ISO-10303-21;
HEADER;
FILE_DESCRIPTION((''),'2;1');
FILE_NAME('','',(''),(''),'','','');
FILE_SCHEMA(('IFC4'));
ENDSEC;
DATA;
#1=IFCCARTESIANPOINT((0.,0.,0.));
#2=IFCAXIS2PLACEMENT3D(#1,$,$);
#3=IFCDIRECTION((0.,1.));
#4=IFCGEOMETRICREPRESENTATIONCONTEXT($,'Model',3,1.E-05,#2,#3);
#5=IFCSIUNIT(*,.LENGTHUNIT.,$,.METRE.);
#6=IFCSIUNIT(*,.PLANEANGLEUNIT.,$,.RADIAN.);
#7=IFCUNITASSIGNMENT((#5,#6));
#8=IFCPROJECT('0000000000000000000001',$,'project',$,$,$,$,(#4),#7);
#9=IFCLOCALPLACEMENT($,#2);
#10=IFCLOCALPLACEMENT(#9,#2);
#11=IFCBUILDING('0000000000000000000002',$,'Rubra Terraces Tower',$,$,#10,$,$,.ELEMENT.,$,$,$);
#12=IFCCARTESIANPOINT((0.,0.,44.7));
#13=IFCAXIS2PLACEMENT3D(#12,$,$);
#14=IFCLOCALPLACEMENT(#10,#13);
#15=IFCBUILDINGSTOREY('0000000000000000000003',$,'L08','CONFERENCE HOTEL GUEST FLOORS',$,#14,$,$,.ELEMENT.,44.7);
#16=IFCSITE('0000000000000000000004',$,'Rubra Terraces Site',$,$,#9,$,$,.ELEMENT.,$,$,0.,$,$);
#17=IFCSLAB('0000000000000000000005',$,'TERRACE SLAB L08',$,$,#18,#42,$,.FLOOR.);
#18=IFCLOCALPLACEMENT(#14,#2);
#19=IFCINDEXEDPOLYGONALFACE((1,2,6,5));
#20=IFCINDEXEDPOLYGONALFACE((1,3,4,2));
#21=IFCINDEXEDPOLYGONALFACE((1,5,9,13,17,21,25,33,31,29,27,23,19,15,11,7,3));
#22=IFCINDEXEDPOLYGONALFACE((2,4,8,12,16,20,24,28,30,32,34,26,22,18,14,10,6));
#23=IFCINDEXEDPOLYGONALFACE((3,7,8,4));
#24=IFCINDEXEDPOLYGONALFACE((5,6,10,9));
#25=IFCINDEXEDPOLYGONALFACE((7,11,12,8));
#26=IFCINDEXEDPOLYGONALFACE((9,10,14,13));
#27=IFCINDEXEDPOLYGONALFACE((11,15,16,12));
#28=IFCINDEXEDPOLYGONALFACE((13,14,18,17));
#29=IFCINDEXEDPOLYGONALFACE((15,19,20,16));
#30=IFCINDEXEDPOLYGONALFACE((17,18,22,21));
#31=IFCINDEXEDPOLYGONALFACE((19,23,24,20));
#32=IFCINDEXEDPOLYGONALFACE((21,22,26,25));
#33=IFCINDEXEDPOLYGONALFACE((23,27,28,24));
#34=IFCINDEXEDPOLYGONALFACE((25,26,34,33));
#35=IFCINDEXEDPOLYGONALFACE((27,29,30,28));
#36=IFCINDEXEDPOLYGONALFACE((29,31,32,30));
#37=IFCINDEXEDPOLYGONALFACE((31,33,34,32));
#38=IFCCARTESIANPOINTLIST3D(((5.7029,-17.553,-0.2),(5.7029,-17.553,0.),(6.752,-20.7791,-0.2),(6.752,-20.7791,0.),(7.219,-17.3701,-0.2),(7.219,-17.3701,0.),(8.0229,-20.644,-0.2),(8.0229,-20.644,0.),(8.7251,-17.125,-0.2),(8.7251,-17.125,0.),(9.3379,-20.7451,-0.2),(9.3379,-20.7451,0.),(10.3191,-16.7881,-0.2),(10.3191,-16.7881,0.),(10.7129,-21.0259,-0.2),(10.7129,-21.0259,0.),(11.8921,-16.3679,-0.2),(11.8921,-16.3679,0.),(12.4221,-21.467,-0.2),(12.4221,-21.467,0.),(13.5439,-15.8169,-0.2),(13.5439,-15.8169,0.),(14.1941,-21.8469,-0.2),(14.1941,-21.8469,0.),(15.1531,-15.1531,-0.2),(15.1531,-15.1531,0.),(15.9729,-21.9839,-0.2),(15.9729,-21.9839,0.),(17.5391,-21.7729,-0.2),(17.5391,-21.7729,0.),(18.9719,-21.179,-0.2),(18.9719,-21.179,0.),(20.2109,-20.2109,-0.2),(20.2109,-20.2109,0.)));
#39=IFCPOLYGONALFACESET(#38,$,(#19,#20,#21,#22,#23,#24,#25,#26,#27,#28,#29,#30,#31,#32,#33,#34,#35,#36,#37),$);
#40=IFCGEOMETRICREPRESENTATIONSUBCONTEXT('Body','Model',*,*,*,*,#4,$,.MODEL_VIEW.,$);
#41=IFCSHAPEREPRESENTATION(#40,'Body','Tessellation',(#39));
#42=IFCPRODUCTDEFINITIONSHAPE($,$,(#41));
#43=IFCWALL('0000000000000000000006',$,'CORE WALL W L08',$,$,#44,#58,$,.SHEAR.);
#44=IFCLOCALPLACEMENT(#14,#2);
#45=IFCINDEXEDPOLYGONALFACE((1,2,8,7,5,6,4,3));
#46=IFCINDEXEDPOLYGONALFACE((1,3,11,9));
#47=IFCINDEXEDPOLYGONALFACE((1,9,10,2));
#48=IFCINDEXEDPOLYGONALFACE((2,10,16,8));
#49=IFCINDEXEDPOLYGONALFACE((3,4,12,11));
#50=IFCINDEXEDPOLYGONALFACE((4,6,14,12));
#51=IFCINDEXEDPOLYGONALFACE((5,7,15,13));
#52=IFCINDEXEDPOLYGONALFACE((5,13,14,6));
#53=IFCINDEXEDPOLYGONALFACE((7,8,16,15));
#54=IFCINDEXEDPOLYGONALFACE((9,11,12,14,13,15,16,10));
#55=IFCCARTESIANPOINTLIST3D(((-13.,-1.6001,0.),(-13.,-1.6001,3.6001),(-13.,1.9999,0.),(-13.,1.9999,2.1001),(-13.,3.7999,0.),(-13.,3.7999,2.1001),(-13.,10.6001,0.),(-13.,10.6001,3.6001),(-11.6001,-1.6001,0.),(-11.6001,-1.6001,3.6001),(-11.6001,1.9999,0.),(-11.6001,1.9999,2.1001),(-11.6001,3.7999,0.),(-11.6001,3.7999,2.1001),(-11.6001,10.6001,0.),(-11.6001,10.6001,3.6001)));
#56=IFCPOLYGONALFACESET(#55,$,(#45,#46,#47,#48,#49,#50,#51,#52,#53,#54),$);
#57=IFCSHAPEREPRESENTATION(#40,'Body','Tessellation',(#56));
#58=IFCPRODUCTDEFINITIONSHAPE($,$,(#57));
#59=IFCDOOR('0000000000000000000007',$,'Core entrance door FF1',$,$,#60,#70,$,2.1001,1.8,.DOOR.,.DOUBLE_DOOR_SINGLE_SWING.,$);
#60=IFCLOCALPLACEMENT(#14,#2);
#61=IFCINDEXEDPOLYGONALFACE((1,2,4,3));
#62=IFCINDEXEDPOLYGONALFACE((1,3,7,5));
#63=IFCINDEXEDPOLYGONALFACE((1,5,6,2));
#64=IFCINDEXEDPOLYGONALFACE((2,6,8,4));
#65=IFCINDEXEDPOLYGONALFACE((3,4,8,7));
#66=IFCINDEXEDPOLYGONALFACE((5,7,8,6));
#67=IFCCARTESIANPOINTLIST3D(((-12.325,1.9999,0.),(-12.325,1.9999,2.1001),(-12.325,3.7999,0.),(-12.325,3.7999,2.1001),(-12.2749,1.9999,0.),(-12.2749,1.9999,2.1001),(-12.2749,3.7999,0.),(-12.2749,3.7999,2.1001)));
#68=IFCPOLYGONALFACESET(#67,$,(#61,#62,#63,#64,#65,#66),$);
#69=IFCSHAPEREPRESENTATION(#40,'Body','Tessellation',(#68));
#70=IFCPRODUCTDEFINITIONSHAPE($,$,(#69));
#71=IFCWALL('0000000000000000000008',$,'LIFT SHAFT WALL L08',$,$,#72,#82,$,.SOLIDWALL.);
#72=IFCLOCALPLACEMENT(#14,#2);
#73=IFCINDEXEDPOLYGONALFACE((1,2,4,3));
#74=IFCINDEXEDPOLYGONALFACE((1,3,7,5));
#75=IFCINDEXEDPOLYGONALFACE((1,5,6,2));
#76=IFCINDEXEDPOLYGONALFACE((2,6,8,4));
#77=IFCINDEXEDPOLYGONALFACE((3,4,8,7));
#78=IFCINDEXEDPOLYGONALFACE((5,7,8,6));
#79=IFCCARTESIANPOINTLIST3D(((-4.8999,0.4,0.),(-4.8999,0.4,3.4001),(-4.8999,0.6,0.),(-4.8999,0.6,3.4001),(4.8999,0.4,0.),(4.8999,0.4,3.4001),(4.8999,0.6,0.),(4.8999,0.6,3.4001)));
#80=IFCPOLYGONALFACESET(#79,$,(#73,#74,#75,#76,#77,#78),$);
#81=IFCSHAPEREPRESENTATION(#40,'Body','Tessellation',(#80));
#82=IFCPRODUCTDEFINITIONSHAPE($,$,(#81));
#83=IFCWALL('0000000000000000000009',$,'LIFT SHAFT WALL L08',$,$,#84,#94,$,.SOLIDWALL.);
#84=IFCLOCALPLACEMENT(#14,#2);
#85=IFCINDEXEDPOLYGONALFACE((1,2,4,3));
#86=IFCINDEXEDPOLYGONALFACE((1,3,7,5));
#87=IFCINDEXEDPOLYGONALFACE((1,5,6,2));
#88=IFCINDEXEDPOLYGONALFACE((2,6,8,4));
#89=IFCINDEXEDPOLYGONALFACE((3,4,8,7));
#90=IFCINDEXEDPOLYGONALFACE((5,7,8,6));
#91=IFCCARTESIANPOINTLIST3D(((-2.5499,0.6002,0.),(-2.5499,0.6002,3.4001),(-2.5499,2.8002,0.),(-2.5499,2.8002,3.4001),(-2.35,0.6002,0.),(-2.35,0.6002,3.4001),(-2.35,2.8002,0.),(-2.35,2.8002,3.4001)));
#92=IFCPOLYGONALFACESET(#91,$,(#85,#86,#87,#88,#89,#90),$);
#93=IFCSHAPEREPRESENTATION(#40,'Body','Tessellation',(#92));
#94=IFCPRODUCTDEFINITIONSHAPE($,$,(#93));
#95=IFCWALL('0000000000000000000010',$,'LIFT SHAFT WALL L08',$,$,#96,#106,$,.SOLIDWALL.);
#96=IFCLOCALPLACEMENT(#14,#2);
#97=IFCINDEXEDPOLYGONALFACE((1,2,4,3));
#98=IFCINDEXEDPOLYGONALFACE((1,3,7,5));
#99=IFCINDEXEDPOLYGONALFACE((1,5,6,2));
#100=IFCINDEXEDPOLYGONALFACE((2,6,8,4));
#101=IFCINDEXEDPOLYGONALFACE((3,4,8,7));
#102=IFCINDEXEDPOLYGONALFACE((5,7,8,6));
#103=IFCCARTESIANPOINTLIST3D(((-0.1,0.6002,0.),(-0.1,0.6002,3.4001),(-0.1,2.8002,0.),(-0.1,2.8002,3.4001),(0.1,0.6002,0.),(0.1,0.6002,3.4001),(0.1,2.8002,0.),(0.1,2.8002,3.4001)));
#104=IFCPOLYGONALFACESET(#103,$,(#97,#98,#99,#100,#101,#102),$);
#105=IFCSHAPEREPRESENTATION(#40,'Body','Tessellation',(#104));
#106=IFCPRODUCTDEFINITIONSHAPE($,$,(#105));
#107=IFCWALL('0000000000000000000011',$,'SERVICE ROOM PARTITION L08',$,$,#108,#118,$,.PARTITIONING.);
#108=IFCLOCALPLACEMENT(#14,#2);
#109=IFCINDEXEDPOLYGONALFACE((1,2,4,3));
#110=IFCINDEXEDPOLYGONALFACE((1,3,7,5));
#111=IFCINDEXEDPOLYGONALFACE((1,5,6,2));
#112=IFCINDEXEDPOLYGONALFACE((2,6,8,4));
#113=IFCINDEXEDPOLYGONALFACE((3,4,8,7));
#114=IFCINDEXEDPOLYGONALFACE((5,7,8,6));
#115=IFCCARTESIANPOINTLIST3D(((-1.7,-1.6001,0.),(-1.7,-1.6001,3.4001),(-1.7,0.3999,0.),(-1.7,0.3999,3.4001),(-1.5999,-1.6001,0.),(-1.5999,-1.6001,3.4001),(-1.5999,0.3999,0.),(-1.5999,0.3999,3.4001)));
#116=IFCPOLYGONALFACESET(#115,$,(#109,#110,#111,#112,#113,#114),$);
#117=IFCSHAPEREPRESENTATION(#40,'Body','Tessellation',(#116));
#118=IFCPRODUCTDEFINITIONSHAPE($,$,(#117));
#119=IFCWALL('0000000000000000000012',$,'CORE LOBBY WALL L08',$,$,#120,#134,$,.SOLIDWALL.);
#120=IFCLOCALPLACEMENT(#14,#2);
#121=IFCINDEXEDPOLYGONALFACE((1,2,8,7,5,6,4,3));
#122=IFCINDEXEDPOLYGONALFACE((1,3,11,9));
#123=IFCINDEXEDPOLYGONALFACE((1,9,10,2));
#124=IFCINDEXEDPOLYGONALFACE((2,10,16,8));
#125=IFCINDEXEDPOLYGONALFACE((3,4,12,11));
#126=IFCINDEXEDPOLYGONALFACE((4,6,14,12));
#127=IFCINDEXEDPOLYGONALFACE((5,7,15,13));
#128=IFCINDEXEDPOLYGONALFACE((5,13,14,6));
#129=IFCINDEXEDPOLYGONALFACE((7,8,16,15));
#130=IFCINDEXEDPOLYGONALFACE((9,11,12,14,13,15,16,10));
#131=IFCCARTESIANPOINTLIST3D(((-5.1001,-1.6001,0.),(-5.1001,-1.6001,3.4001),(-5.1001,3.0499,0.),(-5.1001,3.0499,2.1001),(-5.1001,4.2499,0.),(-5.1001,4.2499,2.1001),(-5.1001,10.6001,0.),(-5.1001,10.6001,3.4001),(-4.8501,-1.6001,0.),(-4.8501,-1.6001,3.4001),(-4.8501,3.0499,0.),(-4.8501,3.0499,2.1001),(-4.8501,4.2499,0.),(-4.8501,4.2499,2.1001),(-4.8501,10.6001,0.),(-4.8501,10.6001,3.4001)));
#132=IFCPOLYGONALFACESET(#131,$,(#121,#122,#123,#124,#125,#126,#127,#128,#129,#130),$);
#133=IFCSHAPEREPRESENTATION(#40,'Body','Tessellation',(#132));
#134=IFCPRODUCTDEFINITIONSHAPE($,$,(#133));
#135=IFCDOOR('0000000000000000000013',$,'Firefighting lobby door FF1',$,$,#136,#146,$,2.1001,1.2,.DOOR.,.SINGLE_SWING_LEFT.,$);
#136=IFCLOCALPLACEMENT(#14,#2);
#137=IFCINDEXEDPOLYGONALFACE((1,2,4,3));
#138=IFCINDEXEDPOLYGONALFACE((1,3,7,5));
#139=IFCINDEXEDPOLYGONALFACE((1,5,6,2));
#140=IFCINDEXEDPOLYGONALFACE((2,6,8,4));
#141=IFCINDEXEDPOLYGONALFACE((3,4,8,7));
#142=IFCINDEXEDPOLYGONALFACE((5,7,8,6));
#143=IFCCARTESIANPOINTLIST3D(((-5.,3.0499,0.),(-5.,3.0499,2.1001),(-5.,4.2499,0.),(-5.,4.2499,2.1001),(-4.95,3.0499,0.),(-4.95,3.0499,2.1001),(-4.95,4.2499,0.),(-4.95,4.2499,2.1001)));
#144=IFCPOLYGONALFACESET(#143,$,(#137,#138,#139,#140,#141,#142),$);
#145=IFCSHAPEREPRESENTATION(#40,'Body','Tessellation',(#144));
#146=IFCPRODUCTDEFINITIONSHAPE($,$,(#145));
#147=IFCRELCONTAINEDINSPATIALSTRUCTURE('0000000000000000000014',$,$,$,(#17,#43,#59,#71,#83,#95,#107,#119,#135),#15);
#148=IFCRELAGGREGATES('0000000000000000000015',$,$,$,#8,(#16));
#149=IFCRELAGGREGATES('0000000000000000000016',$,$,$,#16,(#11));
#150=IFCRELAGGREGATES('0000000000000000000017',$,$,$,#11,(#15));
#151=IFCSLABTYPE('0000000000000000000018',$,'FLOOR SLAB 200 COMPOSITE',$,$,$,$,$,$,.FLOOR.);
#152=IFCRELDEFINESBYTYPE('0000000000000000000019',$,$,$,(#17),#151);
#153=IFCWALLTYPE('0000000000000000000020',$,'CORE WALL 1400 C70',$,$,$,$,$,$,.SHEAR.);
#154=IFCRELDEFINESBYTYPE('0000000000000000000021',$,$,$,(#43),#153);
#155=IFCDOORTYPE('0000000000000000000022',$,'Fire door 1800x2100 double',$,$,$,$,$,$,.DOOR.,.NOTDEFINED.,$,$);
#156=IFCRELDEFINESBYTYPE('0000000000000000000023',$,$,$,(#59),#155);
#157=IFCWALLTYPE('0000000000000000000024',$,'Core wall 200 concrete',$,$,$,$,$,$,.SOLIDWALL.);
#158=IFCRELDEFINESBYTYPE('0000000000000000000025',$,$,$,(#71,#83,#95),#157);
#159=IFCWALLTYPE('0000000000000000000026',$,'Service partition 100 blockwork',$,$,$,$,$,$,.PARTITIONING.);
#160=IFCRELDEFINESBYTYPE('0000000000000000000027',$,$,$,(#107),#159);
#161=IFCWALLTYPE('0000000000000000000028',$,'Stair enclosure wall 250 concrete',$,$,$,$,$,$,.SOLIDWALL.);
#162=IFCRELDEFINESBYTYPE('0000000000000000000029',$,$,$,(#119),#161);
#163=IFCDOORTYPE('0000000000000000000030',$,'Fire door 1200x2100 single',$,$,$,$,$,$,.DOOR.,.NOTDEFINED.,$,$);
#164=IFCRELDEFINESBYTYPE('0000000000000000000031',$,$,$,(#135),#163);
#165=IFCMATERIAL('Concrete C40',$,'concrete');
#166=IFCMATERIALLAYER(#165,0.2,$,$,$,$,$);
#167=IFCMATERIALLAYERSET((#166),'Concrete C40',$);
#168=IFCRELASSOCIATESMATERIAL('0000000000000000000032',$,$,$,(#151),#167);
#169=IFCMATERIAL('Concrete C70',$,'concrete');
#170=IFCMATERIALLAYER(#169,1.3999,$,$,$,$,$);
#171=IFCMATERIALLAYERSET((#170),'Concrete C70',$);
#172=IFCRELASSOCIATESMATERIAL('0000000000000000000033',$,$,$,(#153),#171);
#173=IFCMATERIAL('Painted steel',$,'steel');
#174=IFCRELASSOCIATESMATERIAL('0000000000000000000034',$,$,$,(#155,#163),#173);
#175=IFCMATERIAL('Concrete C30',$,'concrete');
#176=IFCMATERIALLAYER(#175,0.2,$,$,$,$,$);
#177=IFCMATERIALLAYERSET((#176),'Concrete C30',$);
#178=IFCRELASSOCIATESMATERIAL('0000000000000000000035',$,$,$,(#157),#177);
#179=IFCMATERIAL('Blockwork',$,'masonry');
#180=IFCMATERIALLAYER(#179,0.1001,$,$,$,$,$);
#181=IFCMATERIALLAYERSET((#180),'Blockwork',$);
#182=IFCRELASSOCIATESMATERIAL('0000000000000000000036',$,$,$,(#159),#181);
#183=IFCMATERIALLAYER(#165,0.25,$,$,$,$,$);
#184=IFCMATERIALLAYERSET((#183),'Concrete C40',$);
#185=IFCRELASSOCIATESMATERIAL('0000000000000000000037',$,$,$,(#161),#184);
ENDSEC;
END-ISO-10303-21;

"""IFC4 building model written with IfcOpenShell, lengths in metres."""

from ifc_helpers import new_model, si_unit, direction, frame, frame_2d, origin, place, context, subcontext, project, spatial, polyline, rectangle, outline, extrude, material, layer, layer_set, type_object, element, fill, save


model = new_model("IFC4")

# Units and contexts
model_context = context("Model", 3, precision=1e-05, world=origin(), true_north=direction((0.0, 1.0)))
body_context = subcontext(model_context, "Body", "Model", "MODEL_VIEW")
ifc_project = project(units=[si_unit("LENGTHUNIT", "METRE"), si_unit("PLANEANGLEUNIT", "RADIAN")], contexts=[model_context])

# Site, building, storey
site_placement = place(None, origin())
site = spatial("IfcSite", under=ifc_project, at=site_placement, Name="Rubra Terraces Site", CompositionType="ELEMENT", RefElevation=0.0)
building_placement = place(site_placement, origin())
building = spatial("IfcBuilding", under=site, at=building_placement, Name="Rubra Terraces Tower", CompositionType="ELEMENT")
storey_placement = place(building_placement, frame((0.0, 0.0, 44.7)))
storey = spatial("IfcBuildingStorey", under=building, at=storey_placement, Name="L08", Description="CONFERENCE HOTEL GUEST FLOORS", CompositionType="ELEMENT", Elevation=44.7)

# Slab
ifc_material_1 = material(Name="Concrete C40", Category="concrete")
ifc_layer_1 = layer(ifc_material_1, 0.2)
ifc_layer_set_1 = layer_set([ifc_layer_1], Name="Concrete C40")
slab_type_1 = type_object("IfcSlabType", Name="FLOOR SLAB 200 COMPOSITE", PredefinedType="FLOOR", material=ifc_layer_set_1)
slab_1_placement = place(storey_placement, frame((0.0, 0.0, -0.2)))
element("IfcSlab", 1, at=slab_1_placement, inside=storey, type_object=slab_type_1, Name="TERRACE SLAB L08", PredefinedType="FLOOR", context=body_context, shape_type="SweptSolid", body=[
    extrude(outline(polyline([(6.752, -20.7791), (8.0229, -20.644), (9.3379, -20.7451), (10.7129, -21.0259), (12.4221, -21.467), (14.1941, -21.8469), (15.9729, -21.9839), (17.5391, -21.7729), (18.9719, -21.179), (20.2109, -20.2109), (15.1531, -15.1531), (13.5439, -15.8169), (11.8921, -16.3679), (10.3191, -16.7881), (8.7251, -17.125), (7.219, -17.3701), (5.7029, -17.553), (6.752, -20.7791)])), origin(), (0.0, 0.0, 1.0), 0.2),
])

# Wall, opening, door
ifc_material_2 = material(Name="Concrete C70", Category="concrete")
ifc_layer_2 = layer(ifc_material_2, 1.3999)
ifc_layer_set_2 = layer_set([ifc_layer_2], Name="Concrete C70")
wall_type_1 = type_object("IfcWallType", Name="CORE WALL 1400 C70", PredefinedType="SHEAR", material=ifc_layer_set_2)
wall_1_placement = place(storey_placement, frame((-12.3, -1.6001, 0.0), z_axis=(0.0, 0.0, 1.0), x_axis=(0.0, 1.0, 0.0)))
wall_1 = element("IfcWall", 2, at=wall_1_placement, inside=storey, type_object=wall_type_1, Name="CORE WALL W L08", PredefinedType="SHEAR", context=body_context, shape_type="SweptSolid", body=[
    extrude(rectangle(XDim=12.2002, YDim=1.3999, at=frame_2d((6.1001, 0.0))), origin(), (0.0, 0.0, 1.0), 3.6001),
])
opening_1_placement = place(wall_1_placement, frame((3.6001, 0.0, 0.0)))
opening_1 = element("IfcOpeningElement", 3, at=opening_1_placement, cuts=wall_1, PredefinedType="OPENING", context=body_context, shape_type="SweptSolid", body=[
    extrude(rectangle(XDim=1.8, YDim=2.1001, at=frame_2d((0.8999, 1.05))), frame((0.0, 0.71, 0.0), z_axis=(0.0, -1.0, 0.0), x_axis=(1.0, 0.0, 0.0)), (0.0, 0.0, 1.0), 1.4199),
])
ifc_material_3 = material(Name="Painted steel", Category="steel")
door_type_1 = type_object("IfcDoorType", Name="Fire door 1800x2100 double", OperationType="NOTDEFINED", PredefinedType="DOOR", material=ifc_material_3)
door_1_placement = place(opening_1_placement, origin())
door_1 = element("IfcDoor", 4, at=door_1_placement, inside=storey, type_object=door_type_1, Name="Core entrance door FF1", OperationType="DOUBLE_DOOR_SINGLE_SWING", OverallHeight=2.1001, OverallWidth=1.8, PredefinedType="DOOR", context=body_context, shape_type="SweptSolid", body=[
    extrude(rectangle(XDim=1.8, YDim=2.1001, at=frame_2d((0.8999, 1.05))), frame((0.0, 0.0249, 0.0), z_axis=(0.0, -1.0, 0.0), x_axis=(1.0, 0.0, 0.0)), (0.0, 0.0, 1.0), 0.05),
])
fill(opening_1, door_1)

# Walls
ifc_material_4 = material(Name="Concrete C30", Category="concrete")
ifc_layer_3 = layer(ifc_material_4, 0.2)
ifc_layer_set_3 = layer_set([ifc_layer_3], Name="Concrete C30")
wall_type_2 = type_object("IfcWallType", Name="Core wall 200 concrete", PredefinedType="SOLIDWALL", material=ifc_layer_set_3)
wall_2_placement = place(storey_placement, frame((-4.8999, 0.5, 0.0), z_axis=(0.0, 0.0, 1.0), x_axis=(1.0, 0.0, 0.0)))
element("IfcWall", 5, at=wall_2_placement, inside=storey, type_object=wall_type_2, Name="LIFT SHAFT WALL L08", PredefinedType="SOLIDWALL", context=body_context, shape_type="SweptSolid", body=[
    extrude(rectangle(XDim=9.7998, YDim=0.2, at=frame_2d((4.8999, 0.0))), origin(), (0.0, 0.0, 1.0), 3.4001),
])
for number, where, z_axis, x_axis, name in (
    (6, (-2.45, 0.6001, 0.0), (0.0, 0.0, 1.0), (0.0, 1.0, 0.0), "LIFT SHAFT WALL L08"),
    (7, (0.0, 0.6001, 0.0), (0.0, 0.0, 1.0), (0.0, 1.0, 0.0), "LIFT SHAFT WALL L08"),
):
    element("IfcWall", number, at=place(storey_placement, frame(where, z_axis=z_axis, x_axis=x_axis)), inside=storey, type_object=wall_type_2, Name=name, PredefinedType="SOLIDWALL", context=body_context, shape_type="SweptSolid", body=[
        extrude(rectangle(XDim=2.2, YDim=0.2, at=frame_2d((1.1001, 0.0))), origin(), (0.0, 0.0, 1.0), 3.4001),
    ])
ifc_material_5 = material(Name="Blockwork", Category="masonry")
ifc_layer_4 = layer(ifc_material_5, 0.1001)
ifc_layer_set_4 = layer_set([ifc_layer_4], Name="Blockwork")
wall_type_3 = type_object("IfcWallType", Name="Service partition 100 blockwork", PredefinedType="PARTITIONING", material=ifc_layer_set_4)
wall_3_placement = place(storey_placement, frame((-1.6499, -1.6001, 0.0), z_axis=(0.0, 0.0, 1.0), x_axis=(0.0, 1.0, 0.0)))
element("IfcWall", 8, at=wall_3_placement, inside=storey, type_object=wall_type_3, Name="SERVICE ROOM PARTITION L08", PredefinedType="PARTITIONING", context=body_context, shape_type="SweptSolid", body=[
    extrude(rectangle(XDim=2.0, YDim=0.1001, at=frame_2d((1.0, 0.0))), origin(), (0.0, 0.0, 1.0), 3.4001),
])

# Wall, opening, door
ifc_layer_5 = layer(ifc_material_1, 0.25)
ifc_layer_set_5 = layer_set([ifc_layer_5], Name="Concrete C40")
wall_type_4 = type_object("IfcWallType", Name="Stair enclosure wall 250 concrete", PredefinedType="SOLIDWALL", material=ifc_layer_set_5)
wall_4_placement = place(storey_placement, frame((-4.9751, -1.6001, 0.0), z_axis=(0.0, 0.0, 1.0), x_axis=(0.0, 1.0, 0.0)))
wall_4 = element("IfcWall", 9, at=wall_4_placement, inside=storey, type_object=wall_type_4, Name="CORE LOBBY WALL L08", PredefinedType="SOLIDWALL", context=body_context, shape_type="SweptSolid", body=[
    extrude(rectangle(XDim=12.2002, YDim=0.25, at=frame_2d((6.1001, 0.0))), origin(), (0.0, 0.0, 1.0), 3.4001),
])
opening_2_placement = place(wall_4_placement, frame((4.6499, 0.0, 0.0)))
opening_2 = element("IfcOpeningElement", 10, at=opening_2_placement, cuts=wall_4, PredefinedType="OPENING", context=body_context, shape_type="SweptSolid", body=[
    extrude(rectangle(XDim=1.2, YDim=2.1001, at=frame_2d((0.6001, 1.05))), frame((0.0, 0.135, 0.0), z_axis=(0.0, -1.0, 0.0), x_axis=(1.0, 0.0, 0.0)), (0.0, 0.0, 1.0), 0.27),
])
door_type_2 = type_object("IfcDoorType", Name="Fire door 1200x2100 single", OperationType="NOTDEFINED", PredefinedType="DOOR", material=ifc_material_3)
door_2_placement = place(opening_2_placement, origin())
door_2 = element("IfcDoor", 11, at=door_2_placement, inside=storey, type_object=door_type_2, Name="Firefighting lobby door FF1", OperationType="SINGLE_SWING_LEFT", OverallHeight=2.1001, OverallWidth=1.2, PredefinedType="DOOR", context=body_context, shape_type="SweptSolid", body=[
    extrude(rectangle(XDim=1.2, YDim=2.1001, at=frame_2d((0.6001, 1.05))), frame((0.0, 0.0249, 0.0), z_axis=(0.0, -1.0, 0.0), x_axis=(1.0, 0.0, 0.0)), (0.0, 0.0, 1.0), 0.05),
])
fill(opening_2, door_2)

save(model, "model.ifc")
